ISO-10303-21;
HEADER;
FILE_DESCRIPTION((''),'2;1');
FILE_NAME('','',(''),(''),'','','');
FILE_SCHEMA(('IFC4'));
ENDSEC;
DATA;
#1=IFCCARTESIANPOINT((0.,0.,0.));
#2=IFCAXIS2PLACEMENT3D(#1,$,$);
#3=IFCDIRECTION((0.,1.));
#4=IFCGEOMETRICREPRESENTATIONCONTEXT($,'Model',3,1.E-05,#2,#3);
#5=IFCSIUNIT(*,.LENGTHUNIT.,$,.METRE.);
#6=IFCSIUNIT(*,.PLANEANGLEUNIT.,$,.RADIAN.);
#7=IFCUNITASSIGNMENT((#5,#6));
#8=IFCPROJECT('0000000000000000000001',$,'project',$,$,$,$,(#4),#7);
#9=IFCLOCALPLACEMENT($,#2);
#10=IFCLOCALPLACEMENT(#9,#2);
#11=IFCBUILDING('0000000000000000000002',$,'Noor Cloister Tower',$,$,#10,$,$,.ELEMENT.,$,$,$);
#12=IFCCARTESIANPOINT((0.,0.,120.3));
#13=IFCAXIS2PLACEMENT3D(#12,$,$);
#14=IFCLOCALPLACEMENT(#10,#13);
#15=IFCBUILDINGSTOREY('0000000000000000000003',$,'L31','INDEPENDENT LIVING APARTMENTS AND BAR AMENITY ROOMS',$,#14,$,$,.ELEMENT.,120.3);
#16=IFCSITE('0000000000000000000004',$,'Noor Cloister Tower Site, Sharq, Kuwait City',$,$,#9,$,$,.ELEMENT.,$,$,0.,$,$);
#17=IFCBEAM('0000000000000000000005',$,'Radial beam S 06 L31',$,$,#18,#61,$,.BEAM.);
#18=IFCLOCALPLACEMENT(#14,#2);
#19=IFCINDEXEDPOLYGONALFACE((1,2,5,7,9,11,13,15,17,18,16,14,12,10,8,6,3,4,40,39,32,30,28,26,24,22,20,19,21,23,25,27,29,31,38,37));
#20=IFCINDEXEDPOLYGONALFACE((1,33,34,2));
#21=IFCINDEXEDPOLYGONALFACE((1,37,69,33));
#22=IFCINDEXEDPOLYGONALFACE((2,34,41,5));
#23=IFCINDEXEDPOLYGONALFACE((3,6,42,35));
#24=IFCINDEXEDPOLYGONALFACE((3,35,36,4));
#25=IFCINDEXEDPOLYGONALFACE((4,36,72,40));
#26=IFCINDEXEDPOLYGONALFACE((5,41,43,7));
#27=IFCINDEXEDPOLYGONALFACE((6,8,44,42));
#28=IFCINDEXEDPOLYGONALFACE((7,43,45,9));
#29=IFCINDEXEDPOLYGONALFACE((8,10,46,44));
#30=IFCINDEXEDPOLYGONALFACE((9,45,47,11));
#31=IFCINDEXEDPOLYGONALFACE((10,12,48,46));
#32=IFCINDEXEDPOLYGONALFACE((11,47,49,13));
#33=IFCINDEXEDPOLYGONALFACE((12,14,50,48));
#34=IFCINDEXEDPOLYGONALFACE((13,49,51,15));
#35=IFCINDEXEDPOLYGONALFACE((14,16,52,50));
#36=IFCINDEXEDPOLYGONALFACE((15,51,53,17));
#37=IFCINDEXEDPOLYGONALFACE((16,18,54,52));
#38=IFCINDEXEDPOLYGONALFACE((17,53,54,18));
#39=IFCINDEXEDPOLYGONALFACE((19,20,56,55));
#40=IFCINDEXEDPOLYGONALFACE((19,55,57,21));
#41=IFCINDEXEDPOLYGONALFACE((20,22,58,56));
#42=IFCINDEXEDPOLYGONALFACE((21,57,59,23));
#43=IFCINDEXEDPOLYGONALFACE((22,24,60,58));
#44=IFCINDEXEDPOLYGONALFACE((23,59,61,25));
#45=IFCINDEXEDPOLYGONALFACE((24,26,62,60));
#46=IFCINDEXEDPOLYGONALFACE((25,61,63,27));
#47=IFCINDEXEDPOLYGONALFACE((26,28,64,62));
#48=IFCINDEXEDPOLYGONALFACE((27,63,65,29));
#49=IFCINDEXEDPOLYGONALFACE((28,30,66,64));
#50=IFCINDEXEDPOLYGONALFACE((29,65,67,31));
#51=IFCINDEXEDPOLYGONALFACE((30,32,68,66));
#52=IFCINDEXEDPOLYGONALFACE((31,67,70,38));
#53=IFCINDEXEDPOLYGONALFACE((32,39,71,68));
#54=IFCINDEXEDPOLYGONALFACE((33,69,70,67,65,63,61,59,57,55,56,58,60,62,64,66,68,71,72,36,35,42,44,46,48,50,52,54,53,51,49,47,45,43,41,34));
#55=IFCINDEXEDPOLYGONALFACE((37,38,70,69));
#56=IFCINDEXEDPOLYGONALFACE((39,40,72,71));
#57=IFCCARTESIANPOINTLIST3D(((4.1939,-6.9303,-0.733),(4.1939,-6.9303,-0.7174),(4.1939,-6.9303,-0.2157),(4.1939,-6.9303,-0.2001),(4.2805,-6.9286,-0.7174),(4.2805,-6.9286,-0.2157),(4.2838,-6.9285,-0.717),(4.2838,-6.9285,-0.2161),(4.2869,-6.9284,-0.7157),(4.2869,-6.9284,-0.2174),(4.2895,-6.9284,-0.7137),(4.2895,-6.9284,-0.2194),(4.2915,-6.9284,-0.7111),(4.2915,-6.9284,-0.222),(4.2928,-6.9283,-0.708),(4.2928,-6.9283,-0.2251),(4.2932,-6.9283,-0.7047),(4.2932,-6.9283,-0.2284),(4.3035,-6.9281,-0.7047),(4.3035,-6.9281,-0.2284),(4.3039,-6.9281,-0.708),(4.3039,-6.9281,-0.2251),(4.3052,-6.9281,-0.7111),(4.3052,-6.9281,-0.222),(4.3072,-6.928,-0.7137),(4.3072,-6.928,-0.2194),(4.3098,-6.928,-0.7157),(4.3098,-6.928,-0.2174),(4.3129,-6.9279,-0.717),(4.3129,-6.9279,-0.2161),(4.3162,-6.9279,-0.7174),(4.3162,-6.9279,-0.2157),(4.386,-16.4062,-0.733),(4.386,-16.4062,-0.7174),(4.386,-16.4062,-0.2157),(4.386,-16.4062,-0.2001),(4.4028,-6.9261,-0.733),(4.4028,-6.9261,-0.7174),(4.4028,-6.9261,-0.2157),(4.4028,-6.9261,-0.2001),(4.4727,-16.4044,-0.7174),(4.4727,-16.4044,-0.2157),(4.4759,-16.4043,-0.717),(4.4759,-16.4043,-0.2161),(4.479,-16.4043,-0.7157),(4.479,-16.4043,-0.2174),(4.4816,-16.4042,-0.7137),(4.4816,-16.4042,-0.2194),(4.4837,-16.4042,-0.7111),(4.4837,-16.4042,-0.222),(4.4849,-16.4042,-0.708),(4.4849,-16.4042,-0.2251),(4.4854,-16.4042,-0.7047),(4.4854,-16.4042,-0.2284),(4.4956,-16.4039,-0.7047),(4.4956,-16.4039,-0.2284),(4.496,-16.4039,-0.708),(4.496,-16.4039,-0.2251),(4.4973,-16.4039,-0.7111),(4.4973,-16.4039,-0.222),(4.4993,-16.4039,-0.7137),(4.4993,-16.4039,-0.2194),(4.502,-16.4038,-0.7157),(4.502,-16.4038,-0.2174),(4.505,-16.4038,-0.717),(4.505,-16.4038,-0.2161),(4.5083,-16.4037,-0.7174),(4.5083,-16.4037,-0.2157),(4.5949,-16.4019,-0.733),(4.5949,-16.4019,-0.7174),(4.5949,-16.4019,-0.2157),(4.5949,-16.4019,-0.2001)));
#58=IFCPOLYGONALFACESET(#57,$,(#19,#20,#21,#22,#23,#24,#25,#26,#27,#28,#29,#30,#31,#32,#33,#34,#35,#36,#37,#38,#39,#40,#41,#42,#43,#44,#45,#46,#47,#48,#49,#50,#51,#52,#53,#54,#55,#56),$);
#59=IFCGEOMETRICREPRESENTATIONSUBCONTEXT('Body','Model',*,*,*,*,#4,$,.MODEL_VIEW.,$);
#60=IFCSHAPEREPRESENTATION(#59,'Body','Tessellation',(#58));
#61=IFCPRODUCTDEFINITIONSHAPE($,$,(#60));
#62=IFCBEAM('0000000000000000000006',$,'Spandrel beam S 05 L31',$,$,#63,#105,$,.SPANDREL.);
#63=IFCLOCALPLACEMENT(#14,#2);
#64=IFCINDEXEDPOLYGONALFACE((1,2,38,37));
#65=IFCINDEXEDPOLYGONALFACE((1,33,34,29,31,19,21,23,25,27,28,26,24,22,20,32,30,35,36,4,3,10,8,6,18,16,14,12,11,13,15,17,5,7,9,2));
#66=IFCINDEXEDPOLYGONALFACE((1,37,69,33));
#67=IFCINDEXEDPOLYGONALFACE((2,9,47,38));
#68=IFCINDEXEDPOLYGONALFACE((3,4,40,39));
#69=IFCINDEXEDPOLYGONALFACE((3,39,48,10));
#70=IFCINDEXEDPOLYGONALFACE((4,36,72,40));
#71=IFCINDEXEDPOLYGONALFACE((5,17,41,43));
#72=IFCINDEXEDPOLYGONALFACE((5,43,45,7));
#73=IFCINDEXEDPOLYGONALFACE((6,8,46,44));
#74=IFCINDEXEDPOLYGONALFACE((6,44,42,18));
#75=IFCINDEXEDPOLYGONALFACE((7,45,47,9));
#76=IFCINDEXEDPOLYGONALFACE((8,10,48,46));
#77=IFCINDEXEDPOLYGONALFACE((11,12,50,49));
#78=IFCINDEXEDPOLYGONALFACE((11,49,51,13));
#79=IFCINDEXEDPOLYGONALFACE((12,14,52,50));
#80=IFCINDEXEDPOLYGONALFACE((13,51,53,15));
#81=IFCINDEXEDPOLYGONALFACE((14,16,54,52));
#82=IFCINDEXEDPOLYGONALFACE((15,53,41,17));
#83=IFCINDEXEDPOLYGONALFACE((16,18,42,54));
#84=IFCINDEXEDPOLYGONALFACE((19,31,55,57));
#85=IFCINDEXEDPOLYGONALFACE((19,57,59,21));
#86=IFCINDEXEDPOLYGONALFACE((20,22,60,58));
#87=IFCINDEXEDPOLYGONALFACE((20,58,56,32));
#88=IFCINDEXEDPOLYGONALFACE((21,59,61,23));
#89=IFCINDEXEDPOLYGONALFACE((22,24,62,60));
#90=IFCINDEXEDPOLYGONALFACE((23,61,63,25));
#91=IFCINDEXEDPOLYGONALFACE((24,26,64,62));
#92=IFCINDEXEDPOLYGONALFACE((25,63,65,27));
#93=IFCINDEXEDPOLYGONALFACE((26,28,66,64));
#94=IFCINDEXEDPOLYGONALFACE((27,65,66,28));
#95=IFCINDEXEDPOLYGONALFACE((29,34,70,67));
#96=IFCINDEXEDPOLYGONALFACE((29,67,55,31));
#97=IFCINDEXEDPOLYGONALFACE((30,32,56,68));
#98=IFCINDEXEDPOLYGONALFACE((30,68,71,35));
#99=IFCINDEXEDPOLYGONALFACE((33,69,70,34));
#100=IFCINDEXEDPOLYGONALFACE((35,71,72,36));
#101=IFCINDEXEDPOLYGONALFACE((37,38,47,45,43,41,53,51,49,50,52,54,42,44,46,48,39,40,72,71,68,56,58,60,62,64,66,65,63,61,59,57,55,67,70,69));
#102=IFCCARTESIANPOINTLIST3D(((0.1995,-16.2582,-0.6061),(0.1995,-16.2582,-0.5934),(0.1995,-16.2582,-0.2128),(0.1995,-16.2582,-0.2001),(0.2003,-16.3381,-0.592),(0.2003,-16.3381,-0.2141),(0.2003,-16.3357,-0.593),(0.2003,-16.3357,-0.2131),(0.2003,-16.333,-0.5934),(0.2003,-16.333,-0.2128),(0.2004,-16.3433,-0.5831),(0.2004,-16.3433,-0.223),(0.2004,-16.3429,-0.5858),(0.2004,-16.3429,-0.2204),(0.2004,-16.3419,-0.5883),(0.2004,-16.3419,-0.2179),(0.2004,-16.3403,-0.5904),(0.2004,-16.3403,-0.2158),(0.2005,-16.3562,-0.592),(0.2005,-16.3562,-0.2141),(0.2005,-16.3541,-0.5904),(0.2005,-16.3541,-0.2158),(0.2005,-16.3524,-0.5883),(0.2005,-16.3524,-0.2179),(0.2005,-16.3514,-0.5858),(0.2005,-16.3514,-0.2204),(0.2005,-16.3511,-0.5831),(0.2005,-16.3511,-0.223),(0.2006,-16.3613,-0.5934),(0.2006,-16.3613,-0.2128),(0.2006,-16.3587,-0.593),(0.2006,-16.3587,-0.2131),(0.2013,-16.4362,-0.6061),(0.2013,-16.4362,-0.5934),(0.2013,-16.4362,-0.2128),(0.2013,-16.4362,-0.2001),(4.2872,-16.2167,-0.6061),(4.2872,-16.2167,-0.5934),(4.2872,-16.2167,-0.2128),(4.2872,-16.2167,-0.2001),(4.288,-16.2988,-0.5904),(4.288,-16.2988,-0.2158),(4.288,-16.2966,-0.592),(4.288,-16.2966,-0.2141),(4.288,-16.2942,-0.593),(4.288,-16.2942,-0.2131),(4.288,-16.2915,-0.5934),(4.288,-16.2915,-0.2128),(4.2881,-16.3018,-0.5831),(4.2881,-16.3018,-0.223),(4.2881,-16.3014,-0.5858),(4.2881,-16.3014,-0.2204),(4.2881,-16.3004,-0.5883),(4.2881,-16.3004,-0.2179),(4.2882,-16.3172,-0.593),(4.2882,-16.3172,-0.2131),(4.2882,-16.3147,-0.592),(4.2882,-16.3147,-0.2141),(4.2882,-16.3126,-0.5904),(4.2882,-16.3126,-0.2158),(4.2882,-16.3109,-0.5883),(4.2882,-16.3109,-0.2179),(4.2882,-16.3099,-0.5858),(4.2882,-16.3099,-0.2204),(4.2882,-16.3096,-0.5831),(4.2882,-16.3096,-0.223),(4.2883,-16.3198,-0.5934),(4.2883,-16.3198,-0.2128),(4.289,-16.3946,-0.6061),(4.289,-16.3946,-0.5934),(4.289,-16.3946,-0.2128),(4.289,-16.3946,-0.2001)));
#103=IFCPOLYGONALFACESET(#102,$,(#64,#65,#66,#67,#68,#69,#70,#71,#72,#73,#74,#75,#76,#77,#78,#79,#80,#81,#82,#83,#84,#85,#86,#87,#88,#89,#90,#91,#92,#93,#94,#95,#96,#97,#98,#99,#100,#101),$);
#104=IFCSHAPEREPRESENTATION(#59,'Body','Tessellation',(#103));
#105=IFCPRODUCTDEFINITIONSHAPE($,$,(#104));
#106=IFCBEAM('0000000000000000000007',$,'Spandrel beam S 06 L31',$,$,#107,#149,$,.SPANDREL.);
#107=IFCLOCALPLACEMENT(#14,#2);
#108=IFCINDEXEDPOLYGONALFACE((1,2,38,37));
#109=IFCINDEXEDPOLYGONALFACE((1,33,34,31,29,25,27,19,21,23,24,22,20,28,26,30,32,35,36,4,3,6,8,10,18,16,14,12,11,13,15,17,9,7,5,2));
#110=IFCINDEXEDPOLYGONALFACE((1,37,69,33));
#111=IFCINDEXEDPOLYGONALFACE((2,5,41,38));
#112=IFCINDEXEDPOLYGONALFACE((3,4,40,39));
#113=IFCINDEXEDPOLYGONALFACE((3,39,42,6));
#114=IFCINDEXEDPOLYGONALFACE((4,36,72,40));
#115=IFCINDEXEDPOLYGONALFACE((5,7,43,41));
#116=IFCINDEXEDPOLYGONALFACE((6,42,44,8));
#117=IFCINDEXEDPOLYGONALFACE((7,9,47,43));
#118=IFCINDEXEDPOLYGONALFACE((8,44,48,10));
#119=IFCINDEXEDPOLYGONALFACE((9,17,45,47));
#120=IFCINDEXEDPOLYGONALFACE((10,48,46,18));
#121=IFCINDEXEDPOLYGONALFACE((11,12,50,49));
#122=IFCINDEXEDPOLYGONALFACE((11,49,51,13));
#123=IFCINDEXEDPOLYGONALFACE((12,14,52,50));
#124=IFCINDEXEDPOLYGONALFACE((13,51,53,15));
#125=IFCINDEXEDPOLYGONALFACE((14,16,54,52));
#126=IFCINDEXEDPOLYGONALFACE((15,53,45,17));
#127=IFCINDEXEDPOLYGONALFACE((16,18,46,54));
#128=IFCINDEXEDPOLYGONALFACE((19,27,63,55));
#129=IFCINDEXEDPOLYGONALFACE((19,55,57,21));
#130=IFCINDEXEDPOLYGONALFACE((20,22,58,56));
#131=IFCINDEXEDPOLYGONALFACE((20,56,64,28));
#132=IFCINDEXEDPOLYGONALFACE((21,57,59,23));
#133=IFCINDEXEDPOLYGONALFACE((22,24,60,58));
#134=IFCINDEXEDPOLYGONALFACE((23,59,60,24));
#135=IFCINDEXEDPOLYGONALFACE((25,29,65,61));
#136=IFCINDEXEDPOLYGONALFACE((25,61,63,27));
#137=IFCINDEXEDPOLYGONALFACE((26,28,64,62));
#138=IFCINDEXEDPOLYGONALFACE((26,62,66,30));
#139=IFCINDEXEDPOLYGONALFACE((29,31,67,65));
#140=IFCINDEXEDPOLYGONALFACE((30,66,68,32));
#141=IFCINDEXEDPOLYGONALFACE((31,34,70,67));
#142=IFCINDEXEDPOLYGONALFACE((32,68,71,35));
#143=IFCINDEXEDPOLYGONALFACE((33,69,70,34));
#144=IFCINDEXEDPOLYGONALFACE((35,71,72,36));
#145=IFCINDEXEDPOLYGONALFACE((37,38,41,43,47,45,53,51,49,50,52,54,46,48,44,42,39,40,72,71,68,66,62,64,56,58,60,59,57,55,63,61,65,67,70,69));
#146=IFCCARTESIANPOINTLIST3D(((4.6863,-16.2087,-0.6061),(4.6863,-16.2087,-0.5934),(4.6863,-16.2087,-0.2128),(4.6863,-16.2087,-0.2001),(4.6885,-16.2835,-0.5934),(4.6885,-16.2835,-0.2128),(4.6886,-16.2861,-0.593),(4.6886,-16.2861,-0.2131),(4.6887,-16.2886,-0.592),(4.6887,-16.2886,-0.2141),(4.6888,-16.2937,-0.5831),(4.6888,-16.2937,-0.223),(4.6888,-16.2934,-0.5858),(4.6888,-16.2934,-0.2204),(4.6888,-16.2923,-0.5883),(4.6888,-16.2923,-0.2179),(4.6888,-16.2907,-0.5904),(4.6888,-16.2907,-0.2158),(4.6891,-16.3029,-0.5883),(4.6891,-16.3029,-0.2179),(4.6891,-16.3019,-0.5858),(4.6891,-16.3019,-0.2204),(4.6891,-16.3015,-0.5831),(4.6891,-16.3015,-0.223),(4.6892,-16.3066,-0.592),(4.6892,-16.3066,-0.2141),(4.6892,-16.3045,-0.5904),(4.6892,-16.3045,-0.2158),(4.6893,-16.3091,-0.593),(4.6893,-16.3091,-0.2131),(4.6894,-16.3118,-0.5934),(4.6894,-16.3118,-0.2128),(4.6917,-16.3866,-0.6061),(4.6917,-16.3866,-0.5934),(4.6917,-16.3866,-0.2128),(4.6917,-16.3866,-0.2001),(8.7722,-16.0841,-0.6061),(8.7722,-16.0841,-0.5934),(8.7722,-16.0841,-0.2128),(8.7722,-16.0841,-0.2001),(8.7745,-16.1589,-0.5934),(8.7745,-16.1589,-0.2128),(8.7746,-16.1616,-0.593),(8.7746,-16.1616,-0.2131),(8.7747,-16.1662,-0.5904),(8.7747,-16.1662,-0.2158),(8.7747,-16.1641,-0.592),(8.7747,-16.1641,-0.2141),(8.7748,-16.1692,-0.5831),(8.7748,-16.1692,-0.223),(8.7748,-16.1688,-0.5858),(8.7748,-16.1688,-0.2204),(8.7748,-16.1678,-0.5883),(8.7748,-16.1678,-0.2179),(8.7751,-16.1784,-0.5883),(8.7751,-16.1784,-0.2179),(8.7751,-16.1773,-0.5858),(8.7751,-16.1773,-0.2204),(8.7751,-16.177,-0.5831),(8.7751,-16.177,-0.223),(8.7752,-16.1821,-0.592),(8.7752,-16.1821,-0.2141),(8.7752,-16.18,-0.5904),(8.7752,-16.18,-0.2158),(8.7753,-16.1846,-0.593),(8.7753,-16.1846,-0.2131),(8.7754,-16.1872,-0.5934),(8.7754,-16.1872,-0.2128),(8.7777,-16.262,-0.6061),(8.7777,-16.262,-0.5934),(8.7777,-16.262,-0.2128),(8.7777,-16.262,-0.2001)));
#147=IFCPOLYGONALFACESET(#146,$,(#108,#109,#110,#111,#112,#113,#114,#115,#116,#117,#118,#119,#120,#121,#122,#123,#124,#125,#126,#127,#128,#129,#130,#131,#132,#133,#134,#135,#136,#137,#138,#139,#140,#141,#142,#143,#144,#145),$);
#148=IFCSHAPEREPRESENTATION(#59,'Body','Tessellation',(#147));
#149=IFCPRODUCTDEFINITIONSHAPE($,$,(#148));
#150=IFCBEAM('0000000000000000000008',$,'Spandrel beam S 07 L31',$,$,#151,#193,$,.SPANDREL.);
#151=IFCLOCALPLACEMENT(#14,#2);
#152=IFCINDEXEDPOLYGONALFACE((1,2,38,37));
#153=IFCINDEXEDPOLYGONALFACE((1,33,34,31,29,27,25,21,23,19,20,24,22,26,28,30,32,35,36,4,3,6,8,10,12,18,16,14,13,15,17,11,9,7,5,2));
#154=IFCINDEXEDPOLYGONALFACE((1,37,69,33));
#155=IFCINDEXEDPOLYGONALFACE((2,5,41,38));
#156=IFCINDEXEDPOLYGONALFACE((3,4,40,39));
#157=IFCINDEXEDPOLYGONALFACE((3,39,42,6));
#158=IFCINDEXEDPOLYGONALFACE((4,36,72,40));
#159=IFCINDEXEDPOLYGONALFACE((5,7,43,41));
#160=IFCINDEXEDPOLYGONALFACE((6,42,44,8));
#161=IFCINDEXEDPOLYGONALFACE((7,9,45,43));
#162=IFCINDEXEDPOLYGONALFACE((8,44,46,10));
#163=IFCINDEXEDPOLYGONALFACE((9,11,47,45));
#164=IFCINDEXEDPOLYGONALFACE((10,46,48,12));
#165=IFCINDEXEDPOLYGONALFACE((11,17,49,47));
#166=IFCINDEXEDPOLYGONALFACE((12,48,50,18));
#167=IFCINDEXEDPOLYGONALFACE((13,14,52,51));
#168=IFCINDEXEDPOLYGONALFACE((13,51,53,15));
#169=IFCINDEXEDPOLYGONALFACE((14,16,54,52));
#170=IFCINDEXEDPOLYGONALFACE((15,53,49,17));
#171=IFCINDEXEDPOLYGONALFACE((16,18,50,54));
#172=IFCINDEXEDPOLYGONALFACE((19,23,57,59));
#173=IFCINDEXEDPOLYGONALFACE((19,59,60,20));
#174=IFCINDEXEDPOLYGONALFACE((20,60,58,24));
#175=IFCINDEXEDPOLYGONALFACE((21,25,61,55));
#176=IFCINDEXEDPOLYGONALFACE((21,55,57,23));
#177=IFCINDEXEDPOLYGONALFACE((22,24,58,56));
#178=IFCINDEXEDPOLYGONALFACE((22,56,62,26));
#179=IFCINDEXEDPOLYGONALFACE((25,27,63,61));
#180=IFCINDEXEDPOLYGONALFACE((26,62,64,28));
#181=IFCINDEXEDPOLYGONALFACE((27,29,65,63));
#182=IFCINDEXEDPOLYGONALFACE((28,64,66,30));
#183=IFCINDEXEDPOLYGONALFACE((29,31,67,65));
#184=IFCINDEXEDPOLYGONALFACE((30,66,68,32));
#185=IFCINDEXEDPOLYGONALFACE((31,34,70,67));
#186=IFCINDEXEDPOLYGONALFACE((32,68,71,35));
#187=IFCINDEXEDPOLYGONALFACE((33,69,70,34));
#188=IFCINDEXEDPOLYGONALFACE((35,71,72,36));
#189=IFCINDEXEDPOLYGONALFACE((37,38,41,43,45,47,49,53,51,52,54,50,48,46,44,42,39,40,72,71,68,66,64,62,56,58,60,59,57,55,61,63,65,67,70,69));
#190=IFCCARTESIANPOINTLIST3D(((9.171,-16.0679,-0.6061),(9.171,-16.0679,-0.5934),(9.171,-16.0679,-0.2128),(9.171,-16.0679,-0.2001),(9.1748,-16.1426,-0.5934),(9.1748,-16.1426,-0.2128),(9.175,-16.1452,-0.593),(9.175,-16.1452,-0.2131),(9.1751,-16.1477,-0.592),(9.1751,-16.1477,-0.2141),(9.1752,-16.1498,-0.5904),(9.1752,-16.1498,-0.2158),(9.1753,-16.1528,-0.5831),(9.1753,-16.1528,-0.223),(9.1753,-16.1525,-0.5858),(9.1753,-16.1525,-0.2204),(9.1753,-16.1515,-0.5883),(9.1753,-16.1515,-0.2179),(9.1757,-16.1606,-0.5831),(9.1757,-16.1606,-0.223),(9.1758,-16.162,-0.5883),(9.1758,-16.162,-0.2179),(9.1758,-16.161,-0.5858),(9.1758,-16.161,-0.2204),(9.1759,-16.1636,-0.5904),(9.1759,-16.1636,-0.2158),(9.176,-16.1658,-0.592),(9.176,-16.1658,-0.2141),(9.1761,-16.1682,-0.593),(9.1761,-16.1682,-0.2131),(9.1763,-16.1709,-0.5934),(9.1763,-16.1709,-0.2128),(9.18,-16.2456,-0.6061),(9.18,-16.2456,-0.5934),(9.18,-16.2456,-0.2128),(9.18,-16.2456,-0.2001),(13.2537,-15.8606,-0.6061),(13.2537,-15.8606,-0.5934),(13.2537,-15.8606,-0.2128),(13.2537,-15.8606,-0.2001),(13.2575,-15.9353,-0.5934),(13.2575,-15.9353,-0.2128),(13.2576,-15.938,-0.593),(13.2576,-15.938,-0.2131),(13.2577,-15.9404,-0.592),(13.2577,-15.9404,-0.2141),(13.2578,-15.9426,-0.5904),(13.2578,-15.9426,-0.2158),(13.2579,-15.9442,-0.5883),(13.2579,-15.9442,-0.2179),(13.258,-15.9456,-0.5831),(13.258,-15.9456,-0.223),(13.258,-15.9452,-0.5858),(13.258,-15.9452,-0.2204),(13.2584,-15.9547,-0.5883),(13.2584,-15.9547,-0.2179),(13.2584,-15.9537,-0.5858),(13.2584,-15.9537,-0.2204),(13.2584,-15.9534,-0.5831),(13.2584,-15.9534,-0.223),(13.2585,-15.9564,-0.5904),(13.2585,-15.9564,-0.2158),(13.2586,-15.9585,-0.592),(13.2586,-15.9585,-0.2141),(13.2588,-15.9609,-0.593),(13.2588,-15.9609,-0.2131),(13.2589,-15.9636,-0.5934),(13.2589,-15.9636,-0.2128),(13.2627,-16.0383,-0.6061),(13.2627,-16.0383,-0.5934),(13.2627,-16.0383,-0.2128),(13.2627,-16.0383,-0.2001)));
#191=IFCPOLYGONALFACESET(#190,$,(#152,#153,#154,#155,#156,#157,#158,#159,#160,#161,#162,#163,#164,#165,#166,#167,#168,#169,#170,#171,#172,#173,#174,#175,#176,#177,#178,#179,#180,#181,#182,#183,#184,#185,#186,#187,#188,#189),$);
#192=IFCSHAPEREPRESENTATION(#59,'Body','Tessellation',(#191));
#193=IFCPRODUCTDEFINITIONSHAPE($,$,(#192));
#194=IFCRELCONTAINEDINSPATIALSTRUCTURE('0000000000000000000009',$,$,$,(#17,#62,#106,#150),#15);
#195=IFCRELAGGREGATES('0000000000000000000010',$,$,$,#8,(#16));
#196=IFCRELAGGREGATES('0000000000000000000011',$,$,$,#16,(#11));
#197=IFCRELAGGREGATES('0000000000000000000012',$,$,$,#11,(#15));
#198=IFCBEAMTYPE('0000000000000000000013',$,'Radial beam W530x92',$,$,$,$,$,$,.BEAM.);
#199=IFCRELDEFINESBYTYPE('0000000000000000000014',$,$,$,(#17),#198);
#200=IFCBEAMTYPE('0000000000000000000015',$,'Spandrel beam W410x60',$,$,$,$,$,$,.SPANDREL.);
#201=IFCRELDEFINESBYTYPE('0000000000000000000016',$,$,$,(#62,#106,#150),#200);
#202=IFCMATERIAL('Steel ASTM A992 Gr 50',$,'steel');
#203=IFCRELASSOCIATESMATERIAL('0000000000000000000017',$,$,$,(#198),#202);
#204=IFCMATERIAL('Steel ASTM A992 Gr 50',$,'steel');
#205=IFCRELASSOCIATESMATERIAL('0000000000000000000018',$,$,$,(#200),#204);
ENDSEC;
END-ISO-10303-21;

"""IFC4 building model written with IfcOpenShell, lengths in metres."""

from ifc_helpers import new_model, si_unit, direction, frame, origin, origin_2d, place, context, subcontext, project, spatial, i_section, extrude, material, material_profile, profile_set, type_object, element, save


model = new_model("IFC4")

# Units and contexts
model_context = context("Model", 3, precision=1e-05, world=origin(), true_north=direction((0.0, 1.0)))
body_context = subcontext(model_context, "Body", "Model", "MODEL_VIEW")
ifc_project = project(units=[si_unit("LENGTHUNIT", "METRE"), si_unit("PLANEANGLEUNIT", "RADIAN")], contexts=[model_context])

# Site, building, storey
site_placement = place(None, origin())
site = spatial("IfcSite", under=ifc_project, at=site_placement, Name="Noor Cloister Tower Site, Sharq, Kuwait City", CompositionType="ELEMENT", RefElevation=0.0)
building_placement = place(site_placement, origin())
building = spatial("IfcBuilding", under=site, at=building_placement, Name="Noor Cloister Tower", CompositionType="ELEMENT")
storey_placement = place(building_placement, frame((0.0, 0.0, 120.3)))
storey = spatial("IfcBuildingStorey", under=building, at=storey_placement, Name="L31", Description="INDEPENDENT LIVING APARTMENTS AND BAR AMENITY ROOMS", CompositionType="ELEMENT", Elevation=120.3)

# Beams
ifc_material_1 = material(Name="Steel ASTM A992 Gr 50", Category="steel")
ifc_material_profile_1 = material_profile(ifc_material_1, i_section(OverallWidth=0.209, OverallDepth=0.533, WebThickness=0.0103, FlangeThickness=0.0156, FilletRadius=0.0127, at=origin_2d()), Name="W530x92")
ifc_profile_set_1 = profile_set([ifc_material_profile_1], Name="Steel ASTM A992 Gr 50")
beam_type_1 = type_object("IfcBeamType", Name="Radial beam W530x92", PredefinedType="BEAM", material=ifc_profile_set_1)
beam_1_placement = place(storey_placement, frame((4.4905, -16.4041, -0.4666), z_axis=(-0.020273, 0.999794, 0.0), x_axis=(-0.999794, -0.020273, 0.0)))
element("IfcBeam", 1, at=beam_1_placement, inside=storey, type_object=beam_type_1, Name="Radial beam S 06 L31", PredefinedType="BEAM", context=body_context, shape_type="SweptSolid", body=[
    extrude(i_section(OverallWidth=0.209, OverallDepth=0.533, WebThickness=0.0103, FlangeThickness=0.0156, FilletRadius=0.0127, at=origin_2d()), origin(), (0.0, 0.0, 1.0), 9.4778),
])
ifc_material_2 = material(Name="Steel ASTM A992 Gr 50", Category="steel")
ifc_material_profile_2 = material_profile(ifc_material_2, i_section(OverallWidth=0.178, OverallDepth=0.406, WebThickness=0.0078, FlangeThickness=0.0127, FilletRadius=0.0103, at=origin_2d()), Name="W410x60")
ifc_profile_set_2 = profile_set([ifc_material_profile_2], Name="Steel ASTM A992 Gr 50")
beam_type_2 = type_object("IfcBeamType", Name="Spandrel beam W410x60", PredefinedType="SPANDREL", material=ifc_profile_set_2)
for number, where, z_axis, x_axis, name in (
    (2, (0.2004, -16.3472, -0.4031), (0.999948, 0.010153, 0.0), (-0.010153, 0.999948, 0.0), "Spandrel beam S 05 L31"),
    (3, (4.689, -16.2976, -0.4031), (0.999536, 0.030459, 0.0), (-0.030459, 0.999536, 0.0), "Spandrel beam S 06 L31"),
    (4, (9.1755, -16.1567, -0.4031), (0.998714, 0.050706, 0.0), (-0.050706, 0.998714, 0.0), "Spandrel beam S 07 L31"),
):
    element("IfcBeam", number, at=place(storey_placement, frame(where, z_axis=z_axis, x_axis=x_axis)), inside=storey, type_object=beam_type_2, Name=name, PredefinedType="SPANDREL", context=body_context, shape_type="SweptSolid", body=[
        extrude(i_section(OverallWidth=0.178, OverallDepth=0.406, WebThickness=0.0078, FlangeThickness=0.0127, FilletRadius=0.0103, at=origin_2d()), origin(), (0.0, 0.0, 1.0), 4.0879),
    ])

save(model, "model.ifc")
